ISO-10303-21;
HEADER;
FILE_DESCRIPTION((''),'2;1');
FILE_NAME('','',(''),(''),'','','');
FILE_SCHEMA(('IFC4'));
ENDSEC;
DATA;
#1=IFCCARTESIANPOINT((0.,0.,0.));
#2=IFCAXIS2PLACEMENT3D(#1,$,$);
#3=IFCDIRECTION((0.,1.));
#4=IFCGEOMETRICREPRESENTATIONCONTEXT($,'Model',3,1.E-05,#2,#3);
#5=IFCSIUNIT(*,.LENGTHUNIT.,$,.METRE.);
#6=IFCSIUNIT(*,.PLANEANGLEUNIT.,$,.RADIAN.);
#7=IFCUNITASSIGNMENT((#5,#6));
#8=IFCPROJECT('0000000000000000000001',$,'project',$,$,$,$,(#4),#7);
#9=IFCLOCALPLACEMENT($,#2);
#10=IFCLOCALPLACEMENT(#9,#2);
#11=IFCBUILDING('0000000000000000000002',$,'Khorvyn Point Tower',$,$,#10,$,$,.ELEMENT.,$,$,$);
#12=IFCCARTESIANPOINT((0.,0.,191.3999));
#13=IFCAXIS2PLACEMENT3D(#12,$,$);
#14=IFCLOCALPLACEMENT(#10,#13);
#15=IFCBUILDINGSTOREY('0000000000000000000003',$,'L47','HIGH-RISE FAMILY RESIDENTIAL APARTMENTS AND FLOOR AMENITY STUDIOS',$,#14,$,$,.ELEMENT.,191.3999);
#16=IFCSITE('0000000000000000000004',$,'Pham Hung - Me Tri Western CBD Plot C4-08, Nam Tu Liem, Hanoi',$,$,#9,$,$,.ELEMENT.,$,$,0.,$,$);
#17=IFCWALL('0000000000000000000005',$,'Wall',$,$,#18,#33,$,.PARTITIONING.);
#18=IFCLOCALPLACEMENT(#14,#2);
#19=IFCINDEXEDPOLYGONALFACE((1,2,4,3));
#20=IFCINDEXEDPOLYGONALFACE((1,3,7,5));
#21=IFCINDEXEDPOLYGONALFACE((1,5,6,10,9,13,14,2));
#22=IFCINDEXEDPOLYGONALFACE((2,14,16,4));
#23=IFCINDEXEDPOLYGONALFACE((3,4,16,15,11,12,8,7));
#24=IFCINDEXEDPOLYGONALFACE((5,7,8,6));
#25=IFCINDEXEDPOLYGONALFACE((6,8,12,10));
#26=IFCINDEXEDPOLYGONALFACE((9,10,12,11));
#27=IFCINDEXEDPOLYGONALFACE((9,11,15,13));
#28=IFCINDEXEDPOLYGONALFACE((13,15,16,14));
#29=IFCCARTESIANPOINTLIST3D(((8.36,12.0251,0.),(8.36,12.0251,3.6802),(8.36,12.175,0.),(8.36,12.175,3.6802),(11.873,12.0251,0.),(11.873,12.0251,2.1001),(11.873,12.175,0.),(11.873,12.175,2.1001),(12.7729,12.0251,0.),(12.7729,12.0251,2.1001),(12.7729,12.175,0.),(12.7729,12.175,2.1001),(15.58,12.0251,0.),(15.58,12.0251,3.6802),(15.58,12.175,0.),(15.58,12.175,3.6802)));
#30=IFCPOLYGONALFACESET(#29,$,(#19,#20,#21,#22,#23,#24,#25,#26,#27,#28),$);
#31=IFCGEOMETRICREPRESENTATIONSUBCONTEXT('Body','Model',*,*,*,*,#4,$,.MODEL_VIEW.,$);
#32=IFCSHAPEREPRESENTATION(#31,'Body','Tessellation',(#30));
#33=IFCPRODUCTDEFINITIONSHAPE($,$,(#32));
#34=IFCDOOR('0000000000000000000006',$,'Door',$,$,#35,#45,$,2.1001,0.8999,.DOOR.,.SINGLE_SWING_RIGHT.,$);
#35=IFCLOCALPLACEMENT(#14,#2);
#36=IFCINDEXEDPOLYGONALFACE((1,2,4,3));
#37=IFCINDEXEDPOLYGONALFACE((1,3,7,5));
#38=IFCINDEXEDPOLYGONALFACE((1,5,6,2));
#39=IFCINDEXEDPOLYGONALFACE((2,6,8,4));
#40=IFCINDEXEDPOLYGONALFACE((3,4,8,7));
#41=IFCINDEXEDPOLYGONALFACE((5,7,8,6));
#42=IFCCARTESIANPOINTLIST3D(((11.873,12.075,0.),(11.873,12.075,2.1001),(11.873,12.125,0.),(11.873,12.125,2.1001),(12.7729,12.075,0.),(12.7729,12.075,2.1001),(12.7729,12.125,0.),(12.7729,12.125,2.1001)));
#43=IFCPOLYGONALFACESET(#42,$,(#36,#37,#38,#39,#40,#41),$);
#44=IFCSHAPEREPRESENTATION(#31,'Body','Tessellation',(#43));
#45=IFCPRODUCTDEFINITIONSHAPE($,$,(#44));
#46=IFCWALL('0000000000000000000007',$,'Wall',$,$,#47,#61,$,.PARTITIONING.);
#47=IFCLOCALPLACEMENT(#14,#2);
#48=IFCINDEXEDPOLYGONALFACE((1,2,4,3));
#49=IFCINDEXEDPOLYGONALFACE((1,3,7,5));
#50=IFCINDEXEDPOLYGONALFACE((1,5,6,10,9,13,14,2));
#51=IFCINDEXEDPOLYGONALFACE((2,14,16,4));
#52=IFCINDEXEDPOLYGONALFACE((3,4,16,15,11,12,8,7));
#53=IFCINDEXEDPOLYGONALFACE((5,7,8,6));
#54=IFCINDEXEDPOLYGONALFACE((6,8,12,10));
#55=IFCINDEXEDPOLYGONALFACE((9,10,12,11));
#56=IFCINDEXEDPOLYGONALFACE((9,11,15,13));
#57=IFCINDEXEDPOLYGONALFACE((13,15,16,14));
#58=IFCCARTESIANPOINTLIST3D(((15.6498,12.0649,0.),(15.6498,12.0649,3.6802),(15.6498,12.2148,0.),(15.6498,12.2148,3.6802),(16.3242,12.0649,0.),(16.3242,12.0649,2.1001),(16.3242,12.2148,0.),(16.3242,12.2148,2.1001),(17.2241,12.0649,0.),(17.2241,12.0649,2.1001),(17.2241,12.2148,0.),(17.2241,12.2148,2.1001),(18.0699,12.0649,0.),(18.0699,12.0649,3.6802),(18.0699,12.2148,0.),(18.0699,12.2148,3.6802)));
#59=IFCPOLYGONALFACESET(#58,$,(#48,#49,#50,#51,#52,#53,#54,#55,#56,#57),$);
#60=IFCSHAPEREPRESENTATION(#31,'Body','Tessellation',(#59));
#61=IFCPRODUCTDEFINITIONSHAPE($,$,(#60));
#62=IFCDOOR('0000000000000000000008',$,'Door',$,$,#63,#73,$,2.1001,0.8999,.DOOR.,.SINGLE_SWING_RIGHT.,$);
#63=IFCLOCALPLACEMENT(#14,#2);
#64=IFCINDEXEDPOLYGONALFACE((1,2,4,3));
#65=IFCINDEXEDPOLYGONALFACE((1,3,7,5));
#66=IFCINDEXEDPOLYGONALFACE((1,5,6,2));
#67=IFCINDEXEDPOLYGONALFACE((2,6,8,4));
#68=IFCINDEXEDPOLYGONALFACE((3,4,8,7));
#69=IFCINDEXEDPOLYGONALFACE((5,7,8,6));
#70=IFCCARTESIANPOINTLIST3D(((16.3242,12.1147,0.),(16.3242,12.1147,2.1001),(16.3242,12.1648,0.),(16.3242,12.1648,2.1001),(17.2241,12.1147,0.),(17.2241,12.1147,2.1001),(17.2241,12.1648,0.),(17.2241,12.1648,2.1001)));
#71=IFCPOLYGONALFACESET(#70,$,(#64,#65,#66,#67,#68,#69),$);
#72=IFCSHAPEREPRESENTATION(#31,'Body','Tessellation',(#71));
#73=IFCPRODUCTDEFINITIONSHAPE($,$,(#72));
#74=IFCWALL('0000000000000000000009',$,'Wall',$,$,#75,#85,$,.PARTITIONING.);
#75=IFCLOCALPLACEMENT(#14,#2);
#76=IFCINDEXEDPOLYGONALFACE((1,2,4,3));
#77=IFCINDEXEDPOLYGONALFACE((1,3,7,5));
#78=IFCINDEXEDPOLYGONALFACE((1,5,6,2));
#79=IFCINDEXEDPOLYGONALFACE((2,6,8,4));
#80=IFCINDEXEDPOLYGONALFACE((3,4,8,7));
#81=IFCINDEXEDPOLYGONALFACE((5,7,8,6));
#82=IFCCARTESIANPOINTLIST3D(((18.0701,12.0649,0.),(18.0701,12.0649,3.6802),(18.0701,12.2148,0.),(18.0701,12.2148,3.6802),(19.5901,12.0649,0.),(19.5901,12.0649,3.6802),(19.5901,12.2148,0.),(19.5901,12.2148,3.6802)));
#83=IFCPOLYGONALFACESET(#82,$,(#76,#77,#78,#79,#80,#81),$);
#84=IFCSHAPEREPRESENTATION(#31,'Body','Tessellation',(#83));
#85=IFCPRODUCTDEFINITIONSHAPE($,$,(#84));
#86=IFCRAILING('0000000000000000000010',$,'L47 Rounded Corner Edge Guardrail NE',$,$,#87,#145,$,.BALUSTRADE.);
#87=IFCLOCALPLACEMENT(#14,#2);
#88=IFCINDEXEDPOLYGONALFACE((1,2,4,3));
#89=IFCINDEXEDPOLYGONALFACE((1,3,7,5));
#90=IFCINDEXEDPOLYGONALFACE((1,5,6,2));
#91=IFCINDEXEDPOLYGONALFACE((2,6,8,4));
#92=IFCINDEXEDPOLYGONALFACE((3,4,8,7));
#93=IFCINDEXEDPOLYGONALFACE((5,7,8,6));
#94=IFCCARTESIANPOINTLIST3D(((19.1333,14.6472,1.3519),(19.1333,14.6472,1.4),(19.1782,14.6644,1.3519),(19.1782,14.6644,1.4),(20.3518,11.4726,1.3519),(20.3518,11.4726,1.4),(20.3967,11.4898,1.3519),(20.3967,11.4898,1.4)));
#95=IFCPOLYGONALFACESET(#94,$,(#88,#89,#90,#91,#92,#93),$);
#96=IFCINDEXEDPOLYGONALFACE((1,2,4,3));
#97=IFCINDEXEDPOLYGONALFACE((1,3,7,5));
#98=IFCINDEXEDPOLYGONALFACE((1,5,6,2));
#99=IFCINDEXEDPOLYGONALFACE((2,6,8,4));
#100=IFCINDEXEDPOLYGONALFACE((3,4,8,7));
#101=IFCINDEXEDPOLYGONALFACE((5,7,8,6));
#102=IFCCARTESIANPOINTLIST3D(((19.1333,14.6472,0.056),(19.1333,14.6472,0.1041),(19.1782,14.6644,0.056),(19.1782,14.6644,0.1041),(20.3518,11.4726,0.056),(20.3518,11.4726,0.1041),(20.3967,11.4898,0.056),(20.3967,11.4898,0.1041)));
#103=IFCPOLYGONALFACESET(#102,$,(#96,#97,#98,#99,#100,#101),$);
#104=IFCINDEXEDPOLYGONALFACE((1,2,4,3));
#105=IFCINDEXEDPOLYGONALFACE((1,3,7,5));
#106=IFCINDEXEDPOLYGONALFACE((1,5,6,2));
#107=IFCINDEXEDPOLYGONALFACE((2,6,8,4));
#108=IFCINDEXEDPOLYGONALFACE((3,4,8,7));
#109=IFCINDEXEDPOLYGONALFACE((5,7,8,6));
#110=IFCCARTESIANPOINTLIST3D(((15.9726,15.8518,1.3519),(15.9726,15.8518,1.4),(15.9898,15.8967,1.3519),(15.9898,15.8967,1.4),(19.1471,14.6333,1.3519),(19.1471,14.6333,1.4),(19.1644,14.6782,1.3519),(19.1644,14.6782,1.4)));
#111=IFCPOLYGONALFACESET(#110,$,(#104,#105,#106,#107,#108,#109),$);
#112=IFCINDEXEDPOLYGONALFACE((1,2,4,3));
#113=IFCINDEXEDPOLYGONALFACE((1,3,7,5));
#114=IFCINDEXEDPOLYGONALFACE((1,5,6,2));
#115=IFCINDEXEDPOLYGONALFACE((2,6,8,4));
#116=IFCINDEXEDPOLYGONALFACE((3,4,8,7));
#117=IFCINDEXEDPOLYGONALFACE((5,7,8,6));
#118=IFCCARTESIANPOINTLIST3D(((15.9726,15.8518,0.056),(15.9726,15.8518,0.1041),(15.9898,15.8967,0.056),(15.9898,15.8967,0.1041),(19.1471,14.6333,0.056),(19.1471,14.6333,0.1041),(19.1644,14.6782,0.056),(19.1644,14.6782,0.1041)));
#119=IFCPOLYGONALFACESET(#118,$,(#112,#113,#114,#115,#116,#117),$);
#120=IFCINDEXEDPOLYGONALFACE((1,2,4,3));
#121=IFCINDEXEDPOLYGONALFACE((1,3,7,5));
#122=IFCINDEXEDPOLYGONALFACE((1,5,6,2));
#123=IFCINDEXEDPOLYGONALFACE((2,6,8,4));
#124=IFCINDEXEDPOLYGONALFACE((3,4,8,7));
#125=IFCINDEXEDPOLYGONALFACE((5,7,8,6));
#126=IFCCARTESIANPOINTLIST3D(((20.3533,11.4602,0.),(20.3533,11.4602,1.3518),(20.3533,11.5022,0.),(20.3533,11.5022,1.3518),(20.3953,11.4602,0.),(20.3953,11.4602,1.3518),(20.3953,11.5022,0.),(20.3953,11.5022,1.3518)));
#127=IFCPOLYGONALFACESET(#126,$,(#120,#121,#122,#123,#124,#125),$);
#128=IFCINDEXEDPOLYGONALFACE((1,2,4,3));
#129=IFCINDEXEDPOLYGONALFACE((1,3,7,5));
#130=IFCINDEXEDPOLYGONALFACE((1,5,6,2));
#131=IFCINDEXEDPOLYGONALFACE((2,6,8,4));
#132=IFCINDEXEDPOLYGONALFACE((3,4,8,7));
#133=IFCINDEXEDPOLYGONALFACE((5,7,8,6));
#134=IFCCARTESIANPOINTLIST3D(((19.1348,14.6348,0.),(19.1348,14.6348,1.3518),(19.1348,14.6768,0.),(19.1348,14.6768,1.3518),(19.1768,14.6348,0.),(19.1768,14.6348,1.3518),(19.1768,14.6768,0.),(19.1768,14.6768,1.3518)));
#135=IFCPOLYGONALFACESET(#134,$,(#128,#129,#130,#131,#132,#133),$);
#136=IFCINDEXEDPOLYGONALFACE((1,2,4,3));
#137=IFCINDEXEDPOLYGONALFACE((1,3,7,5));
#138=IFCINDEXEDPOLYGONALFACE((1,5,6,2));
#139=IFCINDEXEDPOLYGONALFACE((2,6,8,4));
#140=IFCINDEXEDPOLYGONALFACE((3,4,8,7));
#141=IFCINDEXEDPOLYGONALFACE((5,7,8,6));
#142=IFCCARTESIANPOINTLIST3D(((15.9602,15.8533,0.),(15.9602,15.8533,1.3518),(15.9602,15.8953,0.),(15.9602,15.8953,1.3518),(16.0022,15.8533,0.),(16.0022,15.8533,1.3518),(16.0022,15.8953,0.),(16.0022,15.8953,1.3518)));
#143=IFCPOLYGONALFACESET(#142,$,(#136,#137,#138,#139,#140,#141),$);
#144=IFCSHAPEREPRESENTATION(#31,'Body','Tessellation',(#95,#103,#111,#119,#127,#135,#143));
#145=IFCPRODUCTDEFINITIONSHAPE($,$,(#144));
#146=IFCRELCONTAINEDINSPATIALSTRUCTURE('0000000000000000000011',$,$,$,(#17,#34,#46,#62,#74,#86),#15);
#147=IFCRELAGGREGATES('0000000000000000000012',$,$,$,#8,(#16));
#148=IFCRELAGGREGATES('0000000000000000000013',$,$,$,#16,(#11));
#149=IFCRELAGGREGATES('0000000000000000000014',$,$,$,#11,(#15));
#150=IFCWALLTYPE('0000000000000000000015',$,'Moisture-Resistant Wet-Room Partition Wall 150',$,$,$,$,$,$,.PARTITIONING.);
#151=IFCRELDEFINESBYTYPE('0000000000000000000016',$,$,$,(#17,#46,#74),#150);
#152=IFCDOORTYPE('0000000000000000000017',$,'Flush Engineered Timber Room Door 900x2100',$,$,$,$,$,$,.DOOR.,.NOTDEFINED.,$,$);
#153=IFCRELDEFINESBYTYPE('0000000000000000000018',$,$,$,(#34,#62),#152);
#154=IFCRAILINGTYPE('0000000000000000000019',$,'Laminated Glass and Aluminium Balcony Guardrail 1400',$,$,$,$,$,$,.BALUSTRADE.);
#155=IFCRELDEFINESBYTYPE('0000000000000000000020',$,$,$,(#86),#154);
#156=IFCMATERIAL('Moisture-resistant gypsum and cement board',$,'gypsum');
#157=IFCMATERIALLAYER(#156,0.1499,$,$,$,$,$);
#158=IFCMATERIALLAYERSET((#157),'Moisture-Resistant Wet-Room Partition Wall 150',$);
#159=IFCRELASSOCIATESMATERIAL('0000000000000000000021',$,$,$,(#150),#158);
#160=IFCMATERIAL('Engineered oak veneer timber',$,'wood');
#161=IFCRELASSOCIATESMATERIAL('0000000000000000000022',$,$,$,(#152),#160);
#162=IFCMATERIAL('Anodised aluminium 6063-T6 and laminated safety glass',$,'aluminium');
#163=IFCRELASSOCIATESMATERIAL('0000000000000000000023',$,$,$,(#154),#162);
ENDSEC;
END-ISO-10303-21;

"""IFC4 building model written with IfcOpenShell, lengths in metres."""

from ifc_helpers import new_model, si_unit, direction, frame, frame_2d, origin, origin_2d, place, context, subcontext, project, spatial, rectangle, extrude, material, layer, layer_set, type_object, element, fill, save


model = new_model("IFC4")

# Units and contexts
model_context = context("Model", 3, precision=1e-05, world=origin(), true_north=direction((0.0, 1.0)))
body_context = subcontext(model_context, "Body", "Model", "MODEL_VIEW")
ifc_project = project(units=[si_unit("LENGTHUNIT", "METRE"), si_unit("PLANEANGLEUNIT", "RADIAN")], contexts=[model_context])

# Site, building, storey
site_placement = place(None, origin())
site = spatial("IfcSite", under=ifc_project, at=site_placement, Name="Pham Hung - Me Tri Western CBD Plot C4-08, Nam Tu Liem, Hanoi", CompositionType="ELEMENT", RefElevation=0.0)
building_placement = place(site_placement, origin())
building = spatial("IfcBuilding", under=site, at=building_placement, Name="Khorvyn Point Tower", CompositionType="ELEMENT")
storey_placement = place(building_placement, frame((0.0, 0.0, 191.3999)))
storey = spatial("IfcBuildingStorey", under=building, at=storey_placement, Name="L47", Description="HIGH-RISE FAMILY RESIDENTIAL APARTMENTS AND FLOOR AMENITY STUDIOS", CompositionType="ELEMENT", Elevation=191.3999)

# Walls, openings, doors
ifc_material_1 = material(Name="Moisture-resistant gypsum and cement board", Category="gypsum")
ifc_layer_1 = layer(ifc_material_1, 0.1499)
ifc_layer_set_1 = layer_set([ifc_layer_1], Name="Moisture-Resistant Wet-Room Partition Wall 150")
wall_type_1 = type_object("IfcWallType", Name="Moisture-Resistant Wet-Room Partition Wall 150", PredefinedType="PARTITIONING", material=ifc_layer_set_1)
wall_1_placement = place(storey_placement, frame((8.3601, 12.1001, 0.0), z_axis=(0.0, 0.0, 1.0), x_axis=(1.0, 0.0, 0.0)))
wall_1 = element("IfcWall", 1, at=wall_1_placement, inside=storey, type_object=wall_type_1, Name="Wall", PredefinedType="PARTITIONING", context=body_context, shape_type="SweptSolid", body=[
    extrude(rectangle(XDim=7.22, YDim=0.1499, at=frame_2d((3.6099, 0.0))), origin(), (0.0, 0.0, 1.0), 3.6802),
])
opening_1_placement = place(wall_1_placement, frame((3.5129, 0.0, 0.0)))
opening_1 = element("IfcOpeningElement", 2, at=opening_1_placement, cuts=wall_1, PredefinedType="OPENING", context=body_context, shape_type="SweptSolid", body=[
    extrude(rectangle(XDim=0.8999, YDim=2.1001, at=frame_2d((0.45, 1.05))), frame((0.0, 0.085, 0.0), z_axis=(0.0, -1.0, 0.0), x_axis=(1.0, 0.0, 0.0)), (0.0, 0.0, 1.0), 0.1699),
])
ifc_material_2 = material(Name="Engineered oak veneer timber", Category="wood")
door_type = type_object("IfcDoorType", Name="Flush Engineered Timber Room Door 900x2100", OperationType="NOTDEFINED", PredefinedType="DOOR", material=ifc_material_2)
door_1_placement = place(opening_1_placement, origin())
door_1 = element("IfcDoor", 3, at=door_1_placement, inside=storey, type_object=door_type, Name="Door", OperationType="SINGLE_SWING_RIGHT", OverallHeight=2.1001, OverallWidth=0.8999, PredefinedType="DOOR", context=body_context, shape_type="SweptSolid", body=[
    extrude(rectangle(XDim=0.8999, YDim=2.1001, at=frame_2d((0.45, 1.05))), frame((0.0, 0.0249, 0.0), z_axis=(0.0, -1.0, 0.0), x_axis=(1.0, 0.0, 0.0)), (0.0, 0.0, 1.0), 0.05),
])
fill(opening_1, door_1)
wall_2_placement = place(storey_placement, frame((15.6499, 12.1399, 0.0), z_axis=(0.0, 0.0, 1.0), x_axis=(1.0, 0.0, 0.0)))
wall_2 = element("IfcWall", 4, at=wall_2_placement, inside=storey, type_object=wall_type_1, Name="Wall", PredefinedType="PARTITIONING", context=body_context, shape_type="SweptSolid", body=[
    extrude(rectangle(XDim=2.4202, YDim=0.1499, at=frame_2d((1.21, 0.0))), origin(), (0.0, 0.0, 1.0), 3.6802),
])
opening_2_placement = place(wall_2_placement, frame((0.6743, 0.0, 0.0)))
opening_2 = element("IfcOpeningElement", 5, at=opening_2_placement, cuts=wall_2, PredefinedType="OPENING", context=body_context, shape_type="SweptSolid", body=[
    extrude(rectangle(XDim=0.8999, YDim=2.1001, at=frame_2d((0.45, 1.05))), frame((0.0, 0.085, 0.0), z_axis=(0.0, -1.0, 0.0), x_axis=(1.0, 0.0, 0.0)), (0.0, 0.0, 1.0), 0.1699),
])
door_2_placement = place(opening_2_placement, origin())
door_2 = element("IfcDoor", 6, at=door_2_placement, inside=storey, type_object=door_type, Name="Door", OperationType="SINGLE_SWING_RIGHT", OverallHeight=2.1001, OverallWidth=0.8999, PredefinedType="DOOR", context=body_context, shape_type="SweptSolid", body=[
    extrude(rectangle(XDim=0.8999, YDim=2.1001, at=frame_2d((0.45, 1.05))), frame((0.0, 0.0249, 0.0), z_axis=(0.0, -1.0, 0.0), x_axis=(1.0, 0.0, 0.0)), (0.0, 0.0, 1.0), 0.05),
])
fill(opening_2, door_2)

# Wall
wall_3_placement = place(storey_placement, frame((18.0701, 12.1399, 0.0), z_axis=(0.0, 0.0, 1.0), x_axis=(1.0, 0.0, 0.0)))
element("IfcWall", 7, at=wall_3_placement, inside=storey, type_object=wall_type_1, Name="Wall", PredefinedType="PARTITIONING", context=body_context, shape_type="SweptSolid", body=[
    extrude(rectangle(XDim=1.52, YDim=0.1499, at=frame_2d((0.76, 0.0))), origin(), (0.0, 0.0, 1.0), 3.6802),
])

# Railing
ifc_material_3 = material(Name="Anodised aluminium 6063-T6 and laminated safety glass", Category="aluminium")
railing_type = type_object("IfcRailingType", Name="Laminated Glass and Aluminium Balcony Guardrail 1400", PredefinedType="BALUSTRADE", material=ifc_material_3)
railing_placement = place(storey_placement, frame((20.3743, 11.4812, 0.0)))
element("IfcRailing", 8, at=railing_placement, inside=storey, type_object=railing_type, Name="L47 Rounded Corner Edge Guardrail NE", PredefinedType="BALUSTRADE", context=body_context, shape_type="SweptSolid", body=[
    extrude(rectangle(XDim=0.0481, YDim=0.0481, at=origin_2d()), frame((0.0, 0.0, 1.376), z_axis=(-0.358344, 0.93359, 0.0), x_axis=(-0.93359, -0.358344, 0.0)), (0.0, 0.0, 1.0), 3.4004),
    extrude(rectangle(XDim=0.0481, YDim=0.0481, at=origin_2d()), frame((0.0, 0.0, 0.0801), z_axis=(-0.358344, 0.93359, 0.0), x_axis=(-0.93359, -0.358344, 0.0)), (0.0, 0.0, 1.0), 3.4004),
    extrude(rectangle(XDim=0.0481, YDim=0.0481, at=origin_2d()), frame((-1.2185, 3.1746, 1.376), z_axis=(-0.93359, 0.358344, 0.0), x_axis=(-0.358344, -0.93359, 0.0)), (0.0, 0.0, 1.0), 3.4004),
    extrude(rectangle(XDim=0.0481, YDim=0.0481, at=origin_2d()), frame((-1.2185, 3.1746, 0.0801), z_axis=(-0.93359, 0.358344, 0.0), x_axis=(-0.358344, -0.93359, 0.0)), (0.0, 0.0, 1.0), 3.4004),
    extrude(rectangle(XDim=0.042, YDim=0.042, at=origin_2d()), origin(), (0.0, 0.0, 1.0), 1.3518),
    extrude(rectangle(XDim=0.042, YDim=0.042, at=origin_2d()), frame((-1.2185, 3.1746, 0.0)), (0.0, 0.0, 1.0), 1.3518),
    extrude(rectangle(XDim=0.042, YDim=0.042, at=origin_2d()), frame((-4.3931, 4.3931, 0.0)), (0.0, 0.0, 1.0), 1.3518),
])

save(model, "model.ifc")
